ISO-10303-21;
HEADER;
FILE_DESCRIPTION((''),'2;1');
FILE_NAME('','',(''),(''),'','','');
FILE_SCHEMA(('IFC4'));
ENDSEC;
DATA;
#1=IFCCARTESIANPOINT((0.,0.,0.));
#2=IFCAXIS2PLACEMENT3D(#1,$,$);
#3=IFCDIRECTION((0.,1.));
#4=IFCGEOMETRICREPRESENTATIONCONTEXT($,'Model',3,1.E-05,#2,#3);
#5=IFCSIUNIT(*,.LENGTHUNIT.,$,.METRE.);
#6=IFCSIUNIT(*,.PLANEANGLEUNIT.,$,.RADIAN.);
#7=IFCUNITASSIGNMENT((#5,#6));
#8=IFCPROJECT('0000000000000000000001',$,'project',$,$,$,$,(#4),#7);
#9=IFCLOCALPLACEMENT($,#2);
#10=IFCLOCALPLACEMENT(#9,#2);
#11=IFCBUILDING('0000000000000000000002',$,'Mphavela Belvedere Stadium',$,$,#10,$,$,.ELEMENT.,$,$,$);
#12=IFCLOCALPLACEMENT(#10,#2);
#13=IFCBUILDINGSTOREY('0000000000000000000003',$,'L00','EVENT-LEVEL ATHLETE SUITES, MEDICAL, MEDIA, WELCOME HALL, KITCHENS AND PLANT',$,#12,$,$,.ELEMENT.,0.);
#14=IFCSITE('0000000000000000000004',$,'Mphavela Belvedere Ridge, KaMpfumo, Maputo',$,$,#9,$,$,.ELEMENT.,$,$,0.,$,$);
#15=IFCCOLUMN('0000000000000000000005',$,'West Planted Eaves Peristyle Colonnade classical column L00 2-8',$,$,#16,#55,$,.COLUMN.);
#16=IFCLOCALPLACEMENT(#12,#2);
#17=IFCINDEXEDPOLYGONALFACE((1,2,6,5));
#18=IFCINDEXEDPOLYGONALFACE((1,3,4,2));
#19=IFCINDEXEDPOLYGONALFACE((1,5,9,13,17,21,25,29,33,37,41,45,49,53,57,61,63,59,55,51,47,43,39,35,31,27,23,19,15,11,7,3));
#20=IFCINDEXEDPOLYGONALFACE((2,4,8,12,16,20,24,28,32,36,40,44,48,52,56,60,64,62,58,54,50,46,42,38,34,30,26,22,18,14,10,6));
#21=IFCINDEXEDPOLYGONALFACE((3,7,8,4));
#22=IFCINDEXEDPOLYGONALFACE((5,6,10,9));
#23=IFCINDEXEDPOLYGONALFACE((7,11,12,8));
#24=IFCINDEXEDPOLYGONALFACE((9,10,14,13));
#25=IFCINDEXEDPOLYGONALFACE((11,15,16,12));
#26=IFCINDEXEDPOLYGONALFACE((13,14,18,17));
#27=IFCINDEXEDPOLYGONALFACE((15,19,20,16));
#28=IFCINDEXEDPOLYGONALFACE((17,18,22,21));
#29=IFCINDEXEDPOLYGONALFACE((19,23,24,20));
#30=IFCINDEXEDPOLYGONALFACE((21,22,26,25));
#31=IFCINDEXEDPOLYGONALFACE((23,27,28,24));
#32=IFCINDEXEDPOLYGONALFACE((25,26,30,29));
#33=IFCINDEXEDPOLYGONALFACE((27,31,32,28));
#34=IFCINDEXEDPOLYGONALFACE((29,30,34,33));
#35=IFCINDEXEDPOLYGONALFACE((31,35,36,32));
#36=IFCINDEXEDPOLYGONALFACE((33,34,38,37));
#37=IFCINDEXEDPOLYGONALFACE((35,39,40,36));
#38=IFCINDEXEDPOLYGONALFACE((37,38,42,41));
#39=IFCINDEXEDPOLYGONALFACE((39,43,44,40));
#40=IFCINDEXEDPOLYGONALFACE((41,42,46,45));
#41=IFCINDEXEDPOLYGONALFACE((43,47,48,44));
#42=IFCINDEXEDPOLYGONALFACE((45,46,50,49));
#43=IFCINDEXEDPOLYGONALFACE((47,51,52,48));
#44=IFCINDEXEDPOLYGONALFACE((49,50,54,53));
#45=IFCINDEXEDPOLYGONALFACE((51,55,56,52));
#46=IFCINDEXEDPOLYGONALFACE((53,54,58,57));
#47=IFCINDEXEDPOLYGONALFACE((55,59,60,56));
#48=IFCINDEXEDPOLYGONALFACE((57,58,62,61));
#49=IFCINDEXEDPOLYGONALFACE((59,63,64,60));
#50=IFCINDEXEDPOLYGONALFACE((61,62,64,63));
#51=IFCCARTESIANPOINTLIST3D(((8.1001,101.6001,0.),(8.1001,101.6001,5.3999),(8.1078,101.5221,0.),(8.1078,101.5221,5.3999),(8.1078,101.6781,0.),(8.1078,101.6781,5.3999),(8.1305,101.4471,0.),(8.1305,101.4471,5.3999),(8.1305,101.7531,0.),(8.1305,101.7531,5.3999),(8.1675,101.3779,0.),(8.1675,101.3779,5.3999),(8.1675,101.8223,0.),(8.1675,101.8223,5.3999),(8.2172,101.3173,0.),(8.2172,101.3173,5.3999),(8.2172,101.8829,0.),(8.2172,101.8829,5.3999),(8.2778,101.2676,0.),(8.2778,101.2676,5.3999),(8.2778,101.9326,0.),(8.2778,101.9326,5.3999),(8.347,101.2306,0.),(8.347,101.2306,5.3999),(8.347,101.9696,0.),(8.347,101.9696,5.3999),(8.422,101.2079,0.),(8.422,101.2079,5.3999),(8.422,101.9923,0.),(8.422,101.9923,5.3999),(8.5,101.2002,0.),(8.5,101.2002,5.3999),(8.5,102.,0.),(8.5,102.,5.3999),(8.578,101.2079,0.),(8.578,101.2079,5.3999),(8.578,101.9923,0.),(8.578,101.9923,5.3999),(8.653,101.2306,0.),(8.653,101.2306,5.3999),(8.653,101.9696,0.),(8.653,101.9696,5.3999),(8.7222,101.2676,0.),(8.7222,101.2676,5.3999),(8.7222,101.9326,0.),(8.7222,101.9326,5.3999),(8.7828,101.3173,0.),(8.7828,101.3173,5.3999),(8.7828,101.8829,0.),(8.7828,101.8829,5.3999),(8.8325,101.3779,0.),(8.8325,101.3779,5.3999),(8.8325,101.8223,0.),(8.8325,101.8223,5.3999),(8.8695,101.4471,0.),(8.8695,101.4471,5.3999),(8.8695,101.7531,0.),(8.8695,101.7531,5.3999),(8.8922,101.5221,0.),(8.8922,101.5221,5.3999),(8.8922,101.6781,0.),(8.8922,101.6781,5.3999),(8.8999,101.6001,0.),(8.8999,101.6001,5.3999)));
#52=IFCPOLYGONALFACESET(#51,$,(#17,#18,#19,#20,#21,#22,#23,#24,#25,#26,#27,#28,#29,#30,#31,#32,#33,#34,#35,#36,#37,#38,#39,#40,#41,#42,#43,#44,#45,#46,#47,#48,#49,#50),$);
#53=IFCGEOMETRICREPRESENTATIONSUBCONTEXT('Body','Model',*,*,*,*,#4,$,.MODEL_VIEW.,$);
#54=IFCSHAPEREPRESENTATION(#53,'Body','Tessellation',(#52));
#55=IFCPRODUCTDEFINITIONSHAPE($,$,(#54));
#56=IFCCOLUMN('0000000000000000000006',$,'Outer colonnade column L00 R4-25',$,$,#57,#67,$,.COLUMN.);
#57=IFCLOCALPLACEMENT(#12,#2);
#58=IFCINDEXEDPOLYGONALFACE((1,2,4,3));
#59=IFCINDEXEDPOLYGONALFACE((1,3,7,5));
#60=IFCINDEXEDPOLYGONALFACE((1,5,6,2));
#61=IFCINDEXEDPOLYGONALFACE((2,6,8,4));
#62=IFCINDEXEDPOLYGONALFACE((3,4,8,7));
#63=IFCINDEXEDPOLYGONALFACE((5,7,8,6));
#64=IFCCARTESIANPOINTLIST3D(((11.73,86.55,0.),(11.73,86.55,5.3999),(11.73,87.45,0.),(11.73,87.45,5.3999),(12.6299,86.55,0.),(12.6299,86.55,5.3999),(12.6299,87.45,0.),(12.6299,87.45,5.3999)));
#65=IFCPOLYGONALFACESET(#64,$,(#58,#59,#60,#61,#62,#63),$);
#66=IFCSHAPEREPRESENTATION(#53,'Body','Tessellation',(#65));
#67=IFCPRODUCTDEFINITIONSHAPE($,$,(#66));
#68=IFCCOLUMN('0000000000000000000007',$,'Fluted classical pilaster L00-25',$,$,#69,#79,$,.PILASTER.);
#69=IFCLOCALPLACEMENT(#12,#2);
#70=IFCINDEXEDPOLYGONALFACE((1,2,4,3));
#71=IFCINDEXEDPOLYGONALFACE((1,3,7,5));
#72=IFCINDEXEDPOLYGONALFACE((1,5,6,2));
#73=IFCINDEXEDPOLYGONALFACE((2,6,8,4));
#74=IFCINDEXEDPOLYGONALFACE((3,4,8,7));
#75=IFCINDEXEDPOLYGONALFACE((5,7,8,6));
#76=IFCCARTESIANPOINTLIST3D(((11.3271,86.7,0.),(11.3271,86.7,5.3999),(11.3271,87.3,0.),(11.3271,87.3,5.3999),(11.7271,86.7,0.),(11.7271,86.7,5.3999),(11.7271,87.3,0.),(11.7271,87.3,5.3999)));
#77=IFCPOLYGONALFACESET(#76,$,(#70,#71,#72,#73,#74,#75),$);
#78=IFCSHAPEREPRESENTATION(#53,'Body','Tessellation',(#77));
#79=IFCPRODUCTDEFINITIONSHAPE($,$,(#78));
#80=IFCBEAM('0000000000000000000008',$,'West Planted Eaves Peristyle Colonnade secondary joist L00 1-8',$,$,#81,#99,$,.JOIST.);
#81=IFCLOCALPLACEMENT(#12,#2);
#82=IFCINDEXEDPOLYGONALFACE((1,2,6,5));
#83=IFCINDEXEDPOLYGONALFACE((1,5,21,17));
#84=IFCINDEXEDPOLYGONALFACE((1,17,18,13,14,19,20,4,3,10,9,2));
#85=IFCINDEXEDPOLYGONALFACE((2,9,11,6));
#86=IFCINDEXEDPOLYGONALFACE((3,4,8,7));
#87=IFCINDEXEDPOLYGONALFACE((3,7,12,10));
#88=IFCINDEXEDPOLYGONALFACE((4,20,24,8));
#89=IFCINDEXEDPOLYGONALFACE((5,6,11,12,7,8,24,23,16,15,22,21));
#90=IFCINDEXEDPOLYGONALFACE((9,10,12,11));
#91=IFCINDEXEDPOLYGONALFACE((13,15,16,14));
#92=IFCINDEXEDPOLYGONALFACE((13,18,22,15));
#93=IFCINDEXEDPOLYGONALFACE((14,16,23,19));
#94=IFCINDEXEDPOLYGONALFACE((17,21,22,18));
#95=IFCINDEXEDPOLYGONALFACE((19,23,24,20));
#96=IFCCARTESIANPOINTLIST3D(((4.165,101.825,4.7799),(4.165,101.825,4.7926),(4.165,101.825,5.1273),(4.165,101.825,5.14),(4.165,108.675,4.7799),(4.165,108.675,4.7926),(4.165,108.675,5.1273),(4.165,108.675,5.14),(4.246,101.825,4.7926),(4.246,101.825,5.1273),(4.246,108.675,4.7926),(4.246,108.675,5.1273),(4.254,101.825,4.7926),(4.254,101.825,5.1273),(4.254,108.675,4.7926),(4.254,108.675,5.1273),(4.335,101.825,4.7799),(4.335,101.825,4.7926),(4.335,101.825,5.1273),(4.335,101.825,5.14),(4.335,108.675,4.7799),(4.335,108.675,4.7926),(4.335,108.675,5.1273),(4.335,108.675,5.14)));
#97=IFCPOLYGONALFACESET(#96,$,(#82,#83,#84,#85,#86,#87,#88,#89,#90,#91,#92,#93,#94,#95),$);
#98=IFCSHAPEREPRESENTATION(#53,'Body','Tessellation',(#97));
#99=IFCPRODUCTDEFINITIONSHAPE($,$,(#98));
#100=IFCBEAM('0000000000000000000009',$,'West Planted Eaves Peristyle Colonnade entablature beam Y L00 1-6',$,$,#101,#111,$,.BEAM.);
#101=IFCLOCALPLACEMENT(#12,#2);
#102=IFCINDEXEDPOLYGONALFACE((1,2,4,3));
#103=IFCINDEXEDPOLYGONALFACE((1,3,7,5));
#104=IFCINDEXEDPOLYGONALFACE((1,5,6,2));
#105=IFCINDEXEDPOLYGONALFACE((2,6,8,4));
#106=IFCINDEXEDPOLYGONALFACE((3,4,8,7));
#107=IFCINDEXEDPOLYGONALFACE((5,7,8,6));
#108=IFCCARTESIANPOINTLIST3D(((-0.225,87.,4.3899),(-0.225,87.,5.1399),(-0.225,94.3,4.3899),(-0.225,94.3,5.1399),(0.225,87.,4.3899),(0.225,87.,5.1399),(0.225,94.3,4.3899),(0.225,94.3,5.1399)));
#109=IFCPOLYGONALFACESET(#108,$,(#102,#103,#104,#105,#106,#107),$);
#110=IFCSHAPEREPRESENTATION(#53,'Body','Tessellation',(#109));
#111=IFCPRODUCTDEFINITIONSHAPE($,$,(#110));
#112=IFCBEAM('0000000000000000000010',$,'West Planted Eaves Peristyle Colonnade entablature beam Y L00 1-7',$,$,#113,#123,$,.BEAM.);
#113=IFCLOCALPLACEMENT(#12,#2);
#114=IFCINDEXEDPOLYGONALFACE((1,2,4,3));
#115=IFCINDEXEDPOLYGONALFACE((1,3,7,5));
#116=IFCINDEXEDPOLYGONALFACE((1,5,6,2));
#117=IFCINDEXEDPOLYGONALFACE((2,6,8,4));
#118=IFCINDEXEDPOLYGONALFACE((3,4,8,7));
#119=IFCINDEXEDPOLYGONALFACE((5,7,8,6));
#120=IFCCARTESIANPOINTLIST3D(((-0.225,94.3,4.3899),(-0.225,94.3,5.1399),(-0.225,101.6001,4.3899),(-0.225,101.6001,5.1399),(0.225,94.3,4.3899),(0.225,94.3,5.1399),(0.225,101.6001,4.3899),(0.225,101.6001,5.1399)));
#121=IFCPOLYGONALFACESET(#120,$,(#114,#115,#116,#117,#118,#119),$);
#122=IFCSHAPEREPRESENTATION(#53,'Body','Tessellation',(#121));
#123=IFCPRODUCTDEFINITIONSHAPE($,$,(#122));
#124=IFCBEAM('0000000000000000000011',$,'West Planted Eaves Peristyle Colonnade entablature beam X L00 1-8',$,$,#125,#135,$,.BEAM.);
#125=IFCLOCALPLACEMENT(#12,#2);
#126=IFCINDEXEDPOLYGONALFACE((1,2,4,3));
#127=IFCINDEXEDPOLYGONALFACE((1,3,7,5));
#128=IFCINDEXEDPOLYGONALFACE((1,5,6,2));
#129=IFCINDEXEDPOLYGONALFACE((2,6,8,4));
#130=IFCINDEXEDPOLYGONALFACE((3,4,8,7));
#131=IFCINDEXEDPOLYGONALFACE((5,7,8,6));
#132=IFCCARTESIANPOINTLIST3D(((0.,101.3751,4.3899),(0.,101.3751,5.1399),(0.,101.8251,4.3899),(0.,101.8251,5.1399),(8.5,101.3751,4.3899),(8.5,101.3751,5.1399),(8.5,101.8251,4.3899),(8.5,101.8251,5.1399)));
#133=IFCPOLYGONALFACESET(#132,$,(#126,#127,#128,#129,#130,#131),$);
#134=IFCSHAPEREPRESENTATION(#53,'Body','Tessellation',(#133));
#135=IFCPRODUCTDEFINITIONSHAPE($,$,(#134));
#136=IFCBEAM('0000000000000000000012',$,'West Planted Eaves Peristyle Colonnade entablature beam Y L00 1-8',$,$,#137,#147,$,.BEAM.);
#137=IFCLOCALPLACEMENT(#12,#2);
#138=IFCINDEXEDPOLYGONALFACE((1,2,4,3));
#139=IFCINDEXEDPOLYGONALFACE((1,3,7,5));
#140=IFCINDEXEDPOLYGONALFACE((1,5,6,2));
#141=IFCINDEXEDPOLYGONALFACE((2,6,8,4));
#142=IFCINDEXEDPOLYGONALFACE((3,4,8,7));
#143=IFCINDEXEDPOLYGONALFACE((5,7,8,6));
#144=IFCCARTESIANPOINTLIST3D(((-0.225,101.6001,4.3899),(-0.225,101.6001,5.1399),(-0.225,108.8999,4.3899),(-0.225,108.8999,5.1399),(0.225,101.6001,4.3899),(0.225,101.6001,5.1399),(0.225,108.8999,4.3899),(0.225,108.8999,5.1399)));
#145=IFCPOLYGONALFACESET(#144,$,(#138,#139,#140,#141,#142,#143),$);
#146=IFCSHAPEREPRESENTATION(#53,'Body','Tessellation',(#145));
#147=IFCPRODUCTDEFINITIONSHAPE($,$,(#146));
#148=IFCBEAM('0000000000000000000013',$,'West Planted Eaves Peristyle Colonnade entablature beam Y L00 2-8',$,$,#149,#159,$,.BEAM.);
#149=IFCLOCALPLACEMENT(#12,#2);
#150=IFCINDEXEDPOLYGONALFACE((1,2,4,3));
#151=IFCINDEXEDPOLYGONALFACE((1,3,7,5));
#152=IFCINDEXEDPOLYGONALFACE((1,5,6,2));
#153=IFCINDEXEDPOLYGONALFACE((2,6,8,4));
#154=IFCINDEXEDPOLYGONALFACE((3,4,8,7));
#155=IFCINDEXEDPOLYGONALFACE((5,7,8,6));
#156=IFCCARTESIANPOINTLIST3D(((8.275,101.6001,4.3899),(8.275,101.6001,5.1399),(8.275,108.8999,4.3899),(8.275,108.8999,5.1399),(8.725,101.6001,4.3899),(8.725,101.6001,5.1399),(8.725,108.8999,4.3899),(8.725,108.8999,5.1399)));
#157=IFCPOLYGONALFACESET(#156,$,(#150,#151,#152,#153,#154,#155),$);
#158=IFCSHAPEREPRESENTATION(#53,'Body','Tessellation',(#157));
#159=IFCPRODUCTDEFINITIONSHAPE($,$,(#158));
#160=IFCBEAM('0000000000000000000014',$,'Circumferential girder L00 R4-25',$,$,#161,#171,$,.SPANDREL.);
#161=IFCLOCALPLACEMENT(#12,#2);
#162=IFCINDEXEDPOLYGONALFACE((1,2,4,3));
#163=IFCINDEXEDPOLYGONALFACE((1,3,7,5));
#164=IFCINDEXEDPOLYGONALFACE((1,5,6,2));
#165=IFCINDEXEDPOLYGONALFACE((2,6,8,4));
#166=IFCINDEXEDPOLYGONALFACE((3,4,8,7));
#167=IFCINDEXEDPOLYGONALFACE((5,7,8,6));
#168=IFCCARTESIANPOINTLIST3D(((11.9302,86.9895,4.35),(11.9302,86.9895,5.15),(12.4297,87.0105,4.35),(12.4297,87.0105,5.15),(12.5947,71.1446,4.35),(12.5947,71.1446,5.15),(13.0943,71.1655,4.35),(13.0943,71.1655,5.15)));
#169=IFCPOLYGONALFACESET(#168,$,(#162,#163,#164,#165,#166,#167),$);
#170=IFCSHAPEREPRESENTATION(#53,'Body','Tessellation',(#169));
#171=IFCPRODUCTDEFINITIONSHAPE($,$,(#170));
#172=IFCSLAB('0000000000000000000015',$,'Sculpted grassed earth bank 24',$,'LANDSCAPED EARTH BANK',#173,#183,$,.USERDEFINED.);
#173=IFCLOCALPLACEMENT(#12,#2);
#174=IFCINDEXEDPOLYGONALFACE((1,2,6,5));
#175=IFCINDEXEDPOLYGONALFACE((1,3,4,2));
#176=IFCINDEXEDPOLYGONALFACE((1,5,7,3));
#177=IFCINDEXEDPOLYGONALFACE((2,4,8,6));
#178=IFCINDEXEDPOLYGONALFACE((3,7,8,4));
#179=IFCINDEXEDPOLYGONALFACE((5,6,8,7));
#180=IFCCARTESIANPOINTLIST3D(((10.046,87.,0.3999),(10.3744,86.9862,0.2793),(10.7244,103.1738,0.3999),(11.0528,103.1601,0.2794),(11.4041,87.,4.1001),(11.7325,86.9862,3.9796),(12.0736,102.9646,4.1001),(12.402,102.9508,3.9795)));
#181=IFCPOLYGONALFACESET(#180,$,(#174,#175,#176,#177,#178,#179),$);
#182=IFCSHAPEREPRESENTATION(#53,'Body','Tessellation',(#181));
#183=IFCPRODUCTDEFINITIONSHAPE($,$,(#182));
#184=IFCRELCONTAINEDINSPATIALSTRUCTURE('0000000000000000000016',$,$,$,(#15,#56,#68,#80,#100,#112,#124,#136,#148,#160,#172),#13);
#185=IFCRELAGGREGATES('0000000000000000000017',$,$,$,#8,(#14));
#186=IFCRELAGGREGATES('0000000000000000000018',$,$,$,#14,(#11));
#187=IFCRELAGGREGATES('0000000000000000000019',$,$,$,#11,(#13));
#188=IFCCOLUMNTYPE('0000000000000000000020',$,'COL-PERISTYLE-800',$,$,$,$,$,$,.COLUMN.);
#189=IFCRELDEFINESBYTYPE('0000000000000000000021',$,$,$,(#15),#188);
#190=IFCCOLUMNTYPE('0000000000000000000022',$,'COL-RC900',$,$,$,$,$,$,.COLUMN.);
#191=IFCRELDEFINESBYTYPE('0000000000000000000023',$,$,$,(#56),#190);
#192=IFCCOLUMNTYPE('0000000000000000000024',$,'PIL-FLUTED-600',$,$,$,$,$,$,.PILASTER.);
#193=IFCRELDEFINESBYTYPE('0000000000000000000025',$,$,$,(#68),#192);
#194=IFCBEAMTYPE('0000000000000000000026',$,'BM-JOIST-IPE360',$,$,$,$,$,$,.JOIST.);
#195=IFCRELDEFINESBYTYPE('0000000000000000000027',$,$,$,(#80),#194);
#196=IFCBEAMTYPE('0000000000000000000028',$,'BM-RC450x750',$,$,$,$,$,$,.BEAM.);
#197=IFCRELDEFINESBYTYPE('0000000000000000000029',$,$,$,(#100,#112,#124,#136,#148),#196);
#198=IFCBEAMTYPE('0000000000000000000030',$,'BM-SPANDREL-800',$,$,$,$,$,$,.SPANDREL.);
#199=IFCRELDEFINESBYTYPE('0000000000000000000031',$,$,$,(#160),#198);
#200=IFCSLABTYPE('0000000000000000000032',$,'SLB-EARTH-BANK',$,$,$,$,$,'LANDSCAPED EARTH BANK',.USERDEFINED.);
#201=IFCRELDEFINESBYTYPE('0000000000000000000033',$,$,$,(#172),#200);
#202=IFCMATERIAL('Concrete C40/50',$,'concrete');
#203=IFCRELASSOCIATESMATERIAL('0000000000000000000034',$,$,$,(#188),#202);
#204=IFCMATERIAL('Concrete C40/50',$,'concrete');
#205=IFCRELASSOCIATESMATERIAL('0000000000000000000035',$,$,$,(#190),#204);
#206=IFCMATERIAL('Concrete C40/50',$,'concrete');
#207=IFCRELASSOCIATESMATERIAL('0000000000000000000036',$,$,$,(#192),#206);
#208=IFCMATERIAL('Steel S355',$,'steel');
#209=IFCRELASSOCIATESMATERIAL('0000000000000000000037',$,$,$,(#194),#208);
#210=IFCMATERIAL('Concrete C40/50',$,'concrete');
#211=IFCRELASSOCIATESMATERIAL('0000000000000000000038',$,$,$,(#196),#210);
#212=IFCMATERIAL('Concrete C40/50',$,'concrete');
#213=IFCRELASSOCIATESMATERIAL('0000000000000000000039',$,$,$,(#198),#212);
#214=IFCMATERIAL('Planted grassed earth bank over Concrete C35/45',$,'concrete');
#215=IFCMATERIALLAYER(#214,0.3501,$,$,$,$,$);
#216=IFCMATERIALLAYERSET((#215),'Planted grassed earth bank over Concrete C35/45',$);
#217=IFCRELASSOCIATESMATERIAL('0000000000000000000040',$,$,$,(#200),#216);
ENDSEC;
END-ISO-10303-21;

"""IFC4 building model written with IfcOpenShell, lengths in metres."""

from ifc_helpers import new_model, si_unit, direction, frame, origin, origin_2d, place, context, subcontext, project, spatial, polyline, rectangle, circle, i_section, outline, extrude, material, layer, layer_set, material_profile, profile_set, type_object, element, save


model = new_model("IFC4")

# Units and contexts
model_context = context("Model", 3, precision=1e-05, world=origin(), true_north=direction((0.0, 1.0)))
body_context = subcontext(model_context, "Body", "Model", "MODEL_VIEW")
ifc_project = project(units=[si_unit("LENGTHUNIT", "METRE"), si_unit("PLANEANGLEUNIT", "RADIAN")], contexts=[model_context])

# Site, building, storey
site_placement = place(None, origin())
site = spatial("IfcSite", under=ifc_project, at=site_placement, Name="Mphavela Belvedere Ridge, KaMpfumo, Maputo", CompositionType="ELEMENT", RefElevation=0.0)
building_placement = place(site_placement, origin())
building = spatial("IfcBuilding", under=site, at=building_placement, Name="Mphavela Belvedere Stadium", CompositionType="ELEMENT")
storey_placement = place(building_placement, origin())
storey = spatial("IfcBuildingStorey", under=building, at=storey_placement, Name="L00", Description="EVENT-LEVEL ATHLETE SUITES, MEDICAL, MEDIA, WELCOME HALL, KITCHENS AND PLANT", CompositionType="ELEMENT", Elevation=0.0)

# Columns
ifc_material_1 = material(Name="Concrete C40/50", Category="concrete")
ifc_material_profile_1 = material_profile(ifc_material_1, circle(Radius=0.3999, at=origin_2d()), Name="COL D800")
ifc_profile_set_1 = profile_set([ifc_material_profile_1], Name="Concrete C40/50")
column_type_1 = type_object("IfcColumnType", Name="COL-PERISTYLE-800", PredefinedType="COLUMN", material=ifc_profile_set_1)
for number, where, z_axis, x_axis, name in (
    (1, (8.5, 101.6001, 0.0), (0.0, 0.0, 1.0), (1.0, 0.0, 0.0), "West Planted Eaves Peristyle Colonnade classical column L00 2-8"),
):
    element("IfcColumn", number, at=place(storey_placement, frame(where, z_axis=z_axis, x_axis=x_axis)), inside=storey, type_object=column_type_1, Name=name, PredefinedType="COLUMN", context=body_context, shape_type="SweptSolid", body=[
        extrude(circle(Radius=0.3999, at=origin_2d()), origin(), (0.0, 0.0, 1.0), 5.3999),
    ])
ifc_material_2 = material(Name="Concrete C40/50", Category="concrete")
ifc_material_profile_2 = material_profile(ifc_material_2, rectangle(XDim=0.8999, YDim=0.8999, at=origin_2d()), Name="RC 900x900")
ifc_profile_set_2 = profile_set([ifc_material_profile_2], Name="Concrete C40/50")
column_type_2 = type_object("IfcColumnType", Name="COL-RC900", PredefinedType="COLUMN", material=ifc_profile_set_2)
column_1_placement = place(storey_placement, frame((12.1799, 87.0, 0.0), z_axis=(0.0, 0.0, 1.0), x_axis=(-1.0, 0.0, 0.0)))
element("IfcColumn", 2, at=column_1_placement, inside=storey, type_object=column_type_2, Name="Outer colonnade column L00 R4-25", PredefinedType="COLUMN", context=body_context, shape_type="SweptSolid", body=[
    extrude(rectangle(XDim=0.8999, YDim=0.8999, at=origin_2d()), origin(), (0.0, 0.0, 1.0), 5.3999),
])
ifc_material_3 = material(Name="Concrete C40/50", Category="concrete")
ifc_material_profile_3 = material_profile(ifc_material_3, rectangle(XDim=0.6001, YDim=0.3999, at=origin_2d()), Name="PIL 600x400")
ifc_profile_set_3 = profile_set([ifc_material_profile_3], Name="Concrete C40/50")
column_type_3 = type_object("IfcColumnType", Name="PIL-FLUTED-600", PredefinedType="PILASTER", material=ifc_profile_set_3)
column_2_placement = place(storey_placement, frame((11.5271, 87.0, 0.0), z_axis=(0.0, 0.0, 1.0), x_axis=(0.0, -1.0, 0.0)))
element("IfcColumn", 3, at=column_2_placement, inside=storey, type_object=column_type_3, Name="Fluted classical pilaster L00-25", PredefinedType="PILASTER", context=body_context, shape_type="SweptSolid", body=[
    extrude(rectangle(XDim=0.6001, YDim=0.3999, at=origin_2d()), origin(), (0.0, 0.0, 1.0), 5.3999),
])

# Beams
ifc_material_4 = material(Name="Steel S355", Category="steel")
ifc_material_profile_4 = material_profile(ifc_material_4, i_section(OverallWidth=0.1699, OverallDepth=0.3601, WebThickness=0.0081, FlangeThickness=0.0127, at=origin_2d()), Name="IPE 360")
ifc_profile_set_4 = profile_set([ifc_material_profile_4], Name="Steel S355")
beam_type_1 = type_object("IfcBeamType", Name="BM-JOIST-IPE360", PredefinedType="JOIST", material=ifc_profile_set_4)
beam_1_placement = place(storey_placement, frame((4.25, 101.825, 4.96), z_axis=(0.0, 1.0, 0.0), x_axis=(-1.0, 0.0, 0.0)))
element("IfcBeam", 4, at=beam_1_placement, inside=storey, type_object=beam_type_1, Name="West Planted Eaves Peristyle Colonnade secondary joist L00 1-8", PredefinedType="JOIST", context=body_context, shape_type="SweptSolid", body=[
    extrude(i_section(OverallWidth=0.1699, OverallDepth=0.3601, WebThickness=0.0081, FlangeThickness=0.0127, at=origin_2d()), origin(), (0.0, 0.0, 1.0), 6.8501),
])
ifc_material_5 = material(Name="Concrete C40/50", Category="concrete")
ifc_material_profile_5 = material_profile(ifc_material_5, rectangle(XDim=0.45, YDim=0.75, at=origin_2d()), Name="RC 450x750")
ifc_profile_set_5 = profile_set([ifc_material_profile_5], Name="Concrete C40/50")
beam_type_2 = type_object("IfcBeamType", Name="BM-RC450x750", PredefinedType="BEAM", material=ifc_profile_set_5)
for number, where, z_axis, x_axis, name in (
    (5, (0.0, 87.0, 4.7649), (0.0, 1.0, 0.0), (-1.0, 0.0, 0.0), "West Planted Eaves Peristyle Colonnade entablature beam Y L00 1-6"),
    (6, (0.0, 94.3, 4.7649), (0.0, 1.0, 0.0), (-1.0, 0.0, 0.0), "West Planted Eaves Peristyle Colonnade entablature beam Y L00 1-7"),
):
    element("IfcBeam", number, at=place(storey_placement, frame(where, z_axis=z_axis, x_axis=x_axis)), inside=storey, type_object=beam_type_2, Name=name, PredefinedType="BEAM", context=body_context, shape_type="SweptSolid", body=[
        extrude(rectangle(XDim=0.45, YDim=0.75, at=origin_2d()), origin(), (0.0, 0.0, 1.0), 7.3),
    ])
beam_2_placement = place(storey_placement, frame((0.0, 101.6001, 4.7649), z_axis=(1.0, 0.0, 0.0), x_axis=(0.0, 1.0, 0.0)))
element("IfcBeam", 7, at=beam_2_placement, inside=storey, type_object=beam_type_2, Name="West Planted Eaves Peristyle Colonnade entablature beam X L00 1-8", PredefinedType="BEAM", context=body_context, shape_type="SweptSolid", body=[
    extrude(rectangle(XDim=0.45, YDim=0.75, at=origin_2d()), origin(), (0.0, 0.0, 1.0), 8.5),
])
for number, where, z_axis, x_axis, name in (
    (8, (0.0, 101.6001, 4.7649), (0.0, 1.0, 0.0), (-1.0, 0.0, 0.0), "West Planted Eaves Peristyle Colonnade entablature beam Y L00 1-8"),
    (9, (8.5, 101.6001, 4.7649), (0.0, 1.0, 0.0), (-1.0, 0.0, 0.0), "West Planted Eaves Peristyle Colonnade entablature beam Y L00 2-8"),
):
    element("IfcBeam", number, at=place(storey_placement, frame(where, z_axis=z_axis, x_axis=x_axis)), inside=storey, type_object=beam_type_2, Name=name, PredefinedType="BEAM", context=body_context, shape_type="SweptSolid", body=[
        extrude(rectangle(XDim=0.45, YDim=0.75, at=origin_2d()), origin(), (0.0, 0.0, 1.0), 7.2998),
    ])
ifc_material_6 = material(Name="Concrete C40/50", Category="concrete")
ifc_material_profile_6 = material_profile(ifc_material_6, rectangle(XDim=0.5, YDim=0.8, at=origin_2d()), Name="RC 500x800")
ifc_profile_set_6 = profile_set([ifc_material_profile_6], Name="Concrete C40/50")
beam_type_3 = type_object("IfcBeamType", Name="BM-SPANDREL-800", PredefinedType="SPANDREL", material=ifc_profile_set_6)
beam_3_placement = place(storey_placement, frame((12.1799, 87.0, 4.75), z_axis=(0.041904, -0.999122, 0.0), x_axis=(0.999122, 0.041904, 0.0)))
element("IfcBeam", 10, at=beam_3_placement, inside=storey, type_object=beam_type_3, Name="Circumferential girder L00 R4-25", PredefinedType="SPANDREL", context=body_context, shape_type="SweptSolid", body=[
    extrude(rectangle(XDim=0.5, YDim=0.8, at=origin_2d()), origin(), (0.0, 0.0, 1.0), 15.8589),
])

# Slab
ifc_material_7 = material(Name="Planted grassed earth bank over Concrete C35/45", Category="concrete")
ifc_layer_1 = layer(ifc_material_7, 0.3501)
ifc_layer_set_1 = layer_set([ifc_layer_1], Name="Planted grassed earth bank over Concrete C35/45")
slab_type = type_object("IfcSlabType", Name="SLB-EARTH-BANK", ElementType="LANDSCAPED EARTH BANK", PredefinedType="USERDEFINED", material=ifc_layer_set_1)
slab_placement = place(storey_placement, frame((10.7244, 103.1738, 0.3999), z_axis=(-0.938044, 0.039342, 0.344276), x_axis=(-0.041905, -0.999122, -0.000003)))
element("IfcSlab", 11, at=slab_placement, inside=storey, type_object=slab_type, Name="Sculpted grassed earth bank 24", ObjectType="LANDSCAPED EARTH BANK", PredefinedType="USERDEFINED", context=body_context, shape_type="SweptSolid", body=[
    extrude(outline(polyline([(0.0, 0.0), (16.1881, 0.0), (16.1311, 3.9412), (0.1525, 3.9411), (0.0, 0.0)])), origin(), (0.0, 0.0, -1.0), 0.3501),
])

save(model, "model.ifc")
